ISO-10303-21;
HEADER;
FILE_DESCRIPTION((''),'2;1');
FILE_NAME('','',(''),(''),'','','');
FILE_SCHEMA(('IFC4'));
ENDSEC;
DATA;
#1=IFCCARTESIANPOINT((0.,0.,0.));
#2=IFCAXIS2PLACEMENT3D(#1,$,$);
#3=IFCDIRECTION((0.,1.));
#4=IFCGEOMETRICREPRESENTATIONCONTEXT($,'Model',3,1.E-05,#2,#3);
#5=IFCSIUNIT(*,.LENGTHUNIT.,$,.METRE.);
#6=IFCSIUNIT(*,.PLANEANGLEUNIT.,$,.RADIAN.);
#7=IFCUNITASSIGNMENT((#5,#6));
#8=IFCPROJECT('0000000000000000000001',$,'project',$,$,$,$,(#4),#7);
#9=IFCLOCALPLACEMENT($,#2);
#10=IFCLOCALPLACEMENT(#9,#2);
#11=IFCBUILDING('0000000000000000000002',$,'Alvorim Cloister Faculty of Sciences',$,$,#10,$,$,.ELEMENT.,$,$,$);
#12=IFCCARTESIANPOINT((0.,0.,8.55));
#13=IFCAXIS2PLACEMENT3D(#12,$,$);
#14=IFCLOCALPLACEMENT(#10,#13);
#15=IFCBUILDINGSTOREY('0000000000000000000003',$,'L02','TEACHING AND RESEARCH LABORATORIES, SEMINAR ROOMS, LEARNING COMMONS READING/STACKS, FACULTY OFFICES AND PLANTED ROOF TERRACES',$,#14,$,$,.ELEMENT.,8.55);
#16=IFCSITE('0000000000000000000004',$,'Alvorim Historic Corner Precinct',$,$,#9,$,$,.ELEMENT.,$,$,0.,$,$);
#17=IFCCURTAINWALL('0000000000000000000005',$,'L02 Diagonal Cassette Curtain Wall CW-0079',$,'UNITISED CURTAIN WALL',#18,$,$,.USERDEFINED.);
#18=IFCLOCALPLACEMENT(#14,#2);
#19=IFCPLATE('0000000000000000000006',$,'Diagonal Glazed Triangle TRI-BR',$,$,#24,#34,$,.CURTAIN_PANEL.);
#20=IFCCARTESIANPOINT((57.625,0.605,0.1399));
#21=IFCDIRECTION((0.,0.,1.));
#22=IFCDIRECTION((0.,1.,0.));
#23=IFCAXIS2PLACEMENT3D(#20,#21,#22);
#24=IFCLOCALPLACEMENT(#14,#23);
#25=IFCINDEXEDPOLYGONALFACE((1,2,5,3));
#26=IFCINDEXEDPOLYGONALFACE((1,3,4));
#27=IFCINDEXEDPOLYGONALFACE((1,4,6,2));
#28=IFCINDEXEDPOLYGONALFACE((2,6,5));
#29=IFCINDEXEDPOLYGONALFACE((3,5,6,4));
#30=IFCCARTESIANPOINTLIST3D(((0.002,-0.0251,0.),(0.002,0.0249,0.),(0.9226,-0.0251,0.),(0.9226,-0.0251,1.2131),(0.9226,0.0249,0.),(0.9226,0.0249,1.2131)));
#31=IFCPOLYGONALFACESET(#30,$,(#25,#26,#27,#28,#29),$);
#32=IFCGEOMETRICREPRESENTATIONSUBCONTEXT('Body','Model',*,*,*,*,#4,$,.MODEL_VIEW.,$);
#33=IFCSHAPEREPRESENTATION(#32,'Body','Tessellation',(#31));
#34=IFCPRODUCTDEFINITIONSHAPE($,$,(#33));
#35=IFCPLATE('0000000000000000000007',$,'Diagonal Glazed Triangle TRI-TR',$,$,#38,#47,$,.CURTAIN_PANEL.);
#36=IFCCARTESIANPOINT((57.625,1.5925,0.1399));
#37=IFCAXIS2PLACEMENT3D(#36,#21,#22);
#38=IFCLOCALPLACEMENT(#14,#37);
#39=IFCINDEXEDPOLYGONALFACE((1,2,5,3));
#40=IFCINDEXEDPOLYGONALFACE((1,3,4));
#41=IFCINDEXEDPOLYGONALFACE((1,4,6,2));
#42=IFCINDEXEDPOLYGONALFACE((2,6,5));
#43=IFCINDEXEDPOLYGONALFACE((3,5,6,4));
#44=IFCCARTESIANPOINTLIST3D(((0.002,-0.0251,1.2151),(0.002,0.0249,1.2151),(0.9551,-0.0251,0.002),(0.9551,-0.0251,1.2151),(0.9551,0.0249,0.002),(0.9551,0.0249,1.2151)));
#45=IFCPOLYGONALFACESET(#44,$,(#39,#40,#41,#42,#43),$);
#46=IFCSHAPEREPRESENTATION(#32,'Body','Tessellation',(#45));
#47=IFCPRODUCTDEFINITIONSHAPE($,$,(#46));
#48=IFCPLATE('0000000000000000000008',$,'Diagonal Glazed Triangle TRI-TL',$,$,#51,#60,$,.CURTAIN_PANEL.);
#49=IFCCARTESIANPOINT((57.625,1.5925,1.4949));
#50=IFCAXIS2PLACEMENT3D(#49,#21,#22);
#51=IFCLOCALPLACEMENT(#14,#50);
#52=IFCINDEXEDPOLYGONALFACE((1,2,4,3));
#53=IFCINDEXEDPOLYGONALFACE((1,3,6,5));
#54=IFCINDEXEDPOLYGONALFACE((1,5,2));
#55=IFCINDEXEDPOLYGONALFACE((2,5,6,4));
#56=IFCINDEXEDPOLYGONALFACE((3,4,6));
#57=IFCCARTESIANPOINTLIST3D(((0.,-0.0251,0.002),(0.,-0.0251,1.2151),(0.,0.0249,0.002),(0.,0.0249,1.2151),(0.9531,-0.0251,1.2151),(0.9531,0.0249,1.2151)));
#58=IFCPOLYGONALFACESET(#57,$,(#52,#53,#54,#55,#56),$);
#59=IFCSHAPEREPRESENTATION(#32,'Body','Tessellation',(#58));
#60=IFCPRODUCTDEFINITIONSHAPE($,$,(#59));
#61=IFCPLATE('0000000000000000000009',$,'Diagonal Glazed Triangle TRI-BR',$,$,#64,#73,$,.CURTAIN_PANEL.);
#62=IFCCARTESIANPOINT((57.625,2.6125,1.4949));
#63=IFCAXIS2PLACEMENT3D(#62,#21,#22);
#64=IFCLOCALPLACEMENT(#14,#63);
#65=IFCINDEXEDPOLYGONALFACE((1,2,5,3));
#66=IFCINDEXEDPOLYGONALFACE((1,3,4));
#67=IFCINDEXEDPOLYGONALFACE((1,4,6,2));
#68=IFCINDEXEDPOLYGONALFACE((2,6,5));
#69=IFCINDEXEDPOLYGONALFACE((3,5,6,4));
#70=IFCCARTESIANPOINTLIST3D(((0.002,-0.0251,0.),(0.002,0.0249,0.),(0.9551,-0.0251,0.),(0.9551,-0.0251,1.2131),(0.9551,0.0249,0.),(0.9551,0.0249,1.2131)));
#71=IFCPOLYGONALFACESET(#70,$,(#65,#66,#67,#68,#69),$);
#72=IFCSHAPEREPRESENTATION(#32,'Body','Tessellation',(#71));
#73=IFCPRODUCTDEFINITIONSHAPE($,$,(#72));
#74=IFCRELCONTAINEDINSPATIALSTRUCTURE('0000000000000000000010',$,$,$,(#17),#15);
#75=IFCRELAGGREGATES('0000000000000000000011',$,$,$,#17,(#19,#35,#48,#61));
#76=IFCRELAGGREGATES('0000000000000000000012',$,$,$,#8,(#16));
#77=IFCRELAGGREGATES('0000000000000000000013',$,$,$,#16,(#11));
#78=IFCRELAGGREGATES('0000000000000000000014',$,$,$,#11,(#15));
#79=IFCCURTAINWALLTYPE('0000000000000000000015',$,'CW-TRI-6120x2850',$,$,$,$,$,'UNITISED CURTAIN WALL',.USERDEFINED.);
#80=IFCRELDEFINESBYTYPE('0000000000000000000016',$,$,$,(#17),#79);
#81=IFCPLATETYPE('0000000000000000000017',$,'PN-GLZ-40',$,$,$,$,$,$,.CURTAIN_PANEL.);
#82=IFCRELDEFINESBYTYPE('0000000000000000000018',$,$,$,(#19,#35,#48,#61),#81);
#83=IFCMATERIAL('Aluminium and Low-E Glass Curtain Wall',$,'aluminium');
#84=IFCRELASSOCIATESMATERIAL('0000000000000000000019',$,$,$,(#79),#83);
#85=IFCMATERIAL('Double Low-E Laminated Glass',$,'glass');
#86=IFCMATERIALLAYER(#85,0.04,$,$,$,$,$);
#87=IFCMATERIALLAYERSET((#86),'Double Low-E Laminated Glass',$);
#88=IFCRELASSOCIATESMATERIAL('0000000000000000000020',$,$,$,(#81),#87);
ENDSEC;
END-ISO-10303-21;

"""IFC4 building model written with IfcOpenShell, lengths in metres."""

from ifc_helpers import new_model, si_unit, direction, frame, origin, place, context, subcontext, project, spatial, polyline, outline, extrude, material, layer, layer_set, type_object, element, aggregate, save


model = new_model("IFC4")

# Units and contexts
model_context = context("Model", 3, precision=1e-05, world=origin(), true_north=direction((0.0, 1.0)))
body_context = subcontext(model_context, "Body", "Model", "MODEL_VIEW")
ifc_project = project(units=[si_unit("LENGTHUNIT", "METRE"), si_unit("PLANEANGLEUNIT", "RADIAN")], contexts=[model_context])

# Site, building, storey
site_placement = place(None, origin())
site = spatial("IfcSite", under=ifc_project, at=site_placement, Name="Alvorim Historic Corner Precinct", CompositionType="ELEMENT", RefElevation=0.0)
building_placement = place(site_placement, origin())
building = spatial("IfcBuilding", under=site, at=building_placement, Name="Alvorim Cloister Faculty of Sciences", CompositionType="ELEMENT")
storey_placement = place(building_placement, frame((0.0, 0.0, 8.55)))
storey = spatial("IfcBuildingStorey", under=building, at=storey_placement, Name="L02", Description="TEACHING AND RESEARCH LABORATORIES, SEMINAR ROOMS, LEARNING COMMONS READING/STACKS, FACULTY OFFICES AND PLANTED ROOF TERRACES", CompositionType="ELEMENT", Elevation=8.55)

# Curtain wall, plates
ifc_material_1 = material(Name="Aluminium and Low-E Glass Curtain Wall", Category="aluminium")
curtain_wall_type = type_object("IfcCurtainWallType", Name="CW-TRI-6120x2850", ElementType="UNITISED CURTAIN WALL", PredefinedType="USERDEFINED", material=ifc_material_1)
curtain_wall_placement = place(storey_placement, origin())
curtain_wall = element("IfcCurtainWall", 1, at=curtain_wall_placement, inside=storey, type_object=curtain_wall_type, Name="L02 Diagonal Cassette Curtain Wall CW-0079", ObjectType="UNITISED CURTAIN WALL", PredefinedType="USERDEFINED")
ifc_material_2 = material(Name="Double Low-E Laminated Glass", Category="glass")
ifc_layer = layer(ifc_material_2, 0.04)
ifc_layer_set = layer_set([ifc_layer], Name="Double Low-E Laminated Glass")
plate_type = type_object("IfcPlateType", Name="PN-GLZ-40", PredefinedType="CURTAIN_PANEL", material=ifc_layer_set)
plate_1_placement = place(storey_placement, frame((57.625, 0.605, 0.1399), z_axis=(0.0, 0.0, 1.0), x_axis=(0.0, 1.0, 0.0)))
plate_1 = element("IfcPlate", 2, at=plate_1_placement, type_object=plate_type, Name="Diagonal Glazed Triangle TRI-BR", PredefinedType="CURTAIN_PANEL", context=body_context, shape_type="SweptSolid", body=[
    extrude(outline(polyline([(0.002, 0.0), (0.9226, 0.0), (0.9226, 1.2131), (0.002, 0.0)])), frame((0.0, 0.0249, 0.0), z_axis=(0.0, -1.0, 0.0), x_axis=(1.0, 0.0, 0.0)), (0.0, 0.0, 1.0), 0.05),
])
plate_2_placement = place(storey_placement, frame((57.625, 1.5925, 0.1399), z_axis=(0.0, 0.0, 1.0), x_axis=(0.0, 1.0, 0.0)))
plate_2 = element("IfcPlate", 3, at=plate_2_placement, type_object=plate_type, Name="Diagonal Glazed Triangle TRI-TR", PredefinedType="CURTAIN_PANEL", context=body_context, shape_type="SweptSolid", body=[
    extrude(outline(polyline([(0.9551, 0.002), (0.9551, 1.2151), (0.002, 1.2151), (0.9551, 0.002)])), frame((0.0, 0.0249, 0.0), z_axis=(0.0, -1.0, 0.0), x_axis=(1.0, 0.0, 0.0)), (0.0, 0.0, 1.0), 0.05),
])
plate_3_placement = place(storey_placement, frame((57.625, 1.5925, 1.4949), z_axis=(0.0, 0.0, 1.0), x_axis=(0.0, 1.0, 0.0)))
plate_3 = element("IfcPlate", 4, at=plate_3_placement, type_object=plate_type, Name="Diagonal Glazed Triangle TRI-TL", PredefinedType="CURTAIN_PANEL", context=body_context, shape_type="SweptSolid", body=[
    extrude(outline(polyline([(0.9531, 1.2151), (0.0, 1.2151), (0.0, 0.002), (0.9531, 1.2151)])), frame((0.0, 0.0249, 0.0), z_axis=(0.0, -1.0, 0.0), x_axis=(1.0, 0.0, 0.0)), (0.0, 0.0, 1.0), 0.05),
])
plate_4_placement = place(storey_placement, frame((57.625, 2.6125, 1.4949), z_axis=(0.0, 0.0, 1.0), x_axis=(0.0, 1.0, 0.0)))
plate_4 = element("IfcPlate", 5, at=plate_4_placement, type_object=plate_type, Name="Diagonal Glazed Triangle TRI-BR", PredefinedType="CURTAIN_PANEL", context=body_context, shape_type="SweptSolid", body=[
    extrude(outline(polyline([(0.002, 0.0), (0.9551, 0.0), (0.9551, 1.2131), (0.002, 0.0)])), frame((0.0, 0.0249, 0.0), z_axis=(0.0, -1.0, 0.0), x_axis=(1.0, 0.0, 0.0)), (0.0, 0.0, 1.0), 0.05),
])
aggregate(curtain_wall, [plate_1, plate_2, plate_3, plate_4])

save(model, "model.ifc")
